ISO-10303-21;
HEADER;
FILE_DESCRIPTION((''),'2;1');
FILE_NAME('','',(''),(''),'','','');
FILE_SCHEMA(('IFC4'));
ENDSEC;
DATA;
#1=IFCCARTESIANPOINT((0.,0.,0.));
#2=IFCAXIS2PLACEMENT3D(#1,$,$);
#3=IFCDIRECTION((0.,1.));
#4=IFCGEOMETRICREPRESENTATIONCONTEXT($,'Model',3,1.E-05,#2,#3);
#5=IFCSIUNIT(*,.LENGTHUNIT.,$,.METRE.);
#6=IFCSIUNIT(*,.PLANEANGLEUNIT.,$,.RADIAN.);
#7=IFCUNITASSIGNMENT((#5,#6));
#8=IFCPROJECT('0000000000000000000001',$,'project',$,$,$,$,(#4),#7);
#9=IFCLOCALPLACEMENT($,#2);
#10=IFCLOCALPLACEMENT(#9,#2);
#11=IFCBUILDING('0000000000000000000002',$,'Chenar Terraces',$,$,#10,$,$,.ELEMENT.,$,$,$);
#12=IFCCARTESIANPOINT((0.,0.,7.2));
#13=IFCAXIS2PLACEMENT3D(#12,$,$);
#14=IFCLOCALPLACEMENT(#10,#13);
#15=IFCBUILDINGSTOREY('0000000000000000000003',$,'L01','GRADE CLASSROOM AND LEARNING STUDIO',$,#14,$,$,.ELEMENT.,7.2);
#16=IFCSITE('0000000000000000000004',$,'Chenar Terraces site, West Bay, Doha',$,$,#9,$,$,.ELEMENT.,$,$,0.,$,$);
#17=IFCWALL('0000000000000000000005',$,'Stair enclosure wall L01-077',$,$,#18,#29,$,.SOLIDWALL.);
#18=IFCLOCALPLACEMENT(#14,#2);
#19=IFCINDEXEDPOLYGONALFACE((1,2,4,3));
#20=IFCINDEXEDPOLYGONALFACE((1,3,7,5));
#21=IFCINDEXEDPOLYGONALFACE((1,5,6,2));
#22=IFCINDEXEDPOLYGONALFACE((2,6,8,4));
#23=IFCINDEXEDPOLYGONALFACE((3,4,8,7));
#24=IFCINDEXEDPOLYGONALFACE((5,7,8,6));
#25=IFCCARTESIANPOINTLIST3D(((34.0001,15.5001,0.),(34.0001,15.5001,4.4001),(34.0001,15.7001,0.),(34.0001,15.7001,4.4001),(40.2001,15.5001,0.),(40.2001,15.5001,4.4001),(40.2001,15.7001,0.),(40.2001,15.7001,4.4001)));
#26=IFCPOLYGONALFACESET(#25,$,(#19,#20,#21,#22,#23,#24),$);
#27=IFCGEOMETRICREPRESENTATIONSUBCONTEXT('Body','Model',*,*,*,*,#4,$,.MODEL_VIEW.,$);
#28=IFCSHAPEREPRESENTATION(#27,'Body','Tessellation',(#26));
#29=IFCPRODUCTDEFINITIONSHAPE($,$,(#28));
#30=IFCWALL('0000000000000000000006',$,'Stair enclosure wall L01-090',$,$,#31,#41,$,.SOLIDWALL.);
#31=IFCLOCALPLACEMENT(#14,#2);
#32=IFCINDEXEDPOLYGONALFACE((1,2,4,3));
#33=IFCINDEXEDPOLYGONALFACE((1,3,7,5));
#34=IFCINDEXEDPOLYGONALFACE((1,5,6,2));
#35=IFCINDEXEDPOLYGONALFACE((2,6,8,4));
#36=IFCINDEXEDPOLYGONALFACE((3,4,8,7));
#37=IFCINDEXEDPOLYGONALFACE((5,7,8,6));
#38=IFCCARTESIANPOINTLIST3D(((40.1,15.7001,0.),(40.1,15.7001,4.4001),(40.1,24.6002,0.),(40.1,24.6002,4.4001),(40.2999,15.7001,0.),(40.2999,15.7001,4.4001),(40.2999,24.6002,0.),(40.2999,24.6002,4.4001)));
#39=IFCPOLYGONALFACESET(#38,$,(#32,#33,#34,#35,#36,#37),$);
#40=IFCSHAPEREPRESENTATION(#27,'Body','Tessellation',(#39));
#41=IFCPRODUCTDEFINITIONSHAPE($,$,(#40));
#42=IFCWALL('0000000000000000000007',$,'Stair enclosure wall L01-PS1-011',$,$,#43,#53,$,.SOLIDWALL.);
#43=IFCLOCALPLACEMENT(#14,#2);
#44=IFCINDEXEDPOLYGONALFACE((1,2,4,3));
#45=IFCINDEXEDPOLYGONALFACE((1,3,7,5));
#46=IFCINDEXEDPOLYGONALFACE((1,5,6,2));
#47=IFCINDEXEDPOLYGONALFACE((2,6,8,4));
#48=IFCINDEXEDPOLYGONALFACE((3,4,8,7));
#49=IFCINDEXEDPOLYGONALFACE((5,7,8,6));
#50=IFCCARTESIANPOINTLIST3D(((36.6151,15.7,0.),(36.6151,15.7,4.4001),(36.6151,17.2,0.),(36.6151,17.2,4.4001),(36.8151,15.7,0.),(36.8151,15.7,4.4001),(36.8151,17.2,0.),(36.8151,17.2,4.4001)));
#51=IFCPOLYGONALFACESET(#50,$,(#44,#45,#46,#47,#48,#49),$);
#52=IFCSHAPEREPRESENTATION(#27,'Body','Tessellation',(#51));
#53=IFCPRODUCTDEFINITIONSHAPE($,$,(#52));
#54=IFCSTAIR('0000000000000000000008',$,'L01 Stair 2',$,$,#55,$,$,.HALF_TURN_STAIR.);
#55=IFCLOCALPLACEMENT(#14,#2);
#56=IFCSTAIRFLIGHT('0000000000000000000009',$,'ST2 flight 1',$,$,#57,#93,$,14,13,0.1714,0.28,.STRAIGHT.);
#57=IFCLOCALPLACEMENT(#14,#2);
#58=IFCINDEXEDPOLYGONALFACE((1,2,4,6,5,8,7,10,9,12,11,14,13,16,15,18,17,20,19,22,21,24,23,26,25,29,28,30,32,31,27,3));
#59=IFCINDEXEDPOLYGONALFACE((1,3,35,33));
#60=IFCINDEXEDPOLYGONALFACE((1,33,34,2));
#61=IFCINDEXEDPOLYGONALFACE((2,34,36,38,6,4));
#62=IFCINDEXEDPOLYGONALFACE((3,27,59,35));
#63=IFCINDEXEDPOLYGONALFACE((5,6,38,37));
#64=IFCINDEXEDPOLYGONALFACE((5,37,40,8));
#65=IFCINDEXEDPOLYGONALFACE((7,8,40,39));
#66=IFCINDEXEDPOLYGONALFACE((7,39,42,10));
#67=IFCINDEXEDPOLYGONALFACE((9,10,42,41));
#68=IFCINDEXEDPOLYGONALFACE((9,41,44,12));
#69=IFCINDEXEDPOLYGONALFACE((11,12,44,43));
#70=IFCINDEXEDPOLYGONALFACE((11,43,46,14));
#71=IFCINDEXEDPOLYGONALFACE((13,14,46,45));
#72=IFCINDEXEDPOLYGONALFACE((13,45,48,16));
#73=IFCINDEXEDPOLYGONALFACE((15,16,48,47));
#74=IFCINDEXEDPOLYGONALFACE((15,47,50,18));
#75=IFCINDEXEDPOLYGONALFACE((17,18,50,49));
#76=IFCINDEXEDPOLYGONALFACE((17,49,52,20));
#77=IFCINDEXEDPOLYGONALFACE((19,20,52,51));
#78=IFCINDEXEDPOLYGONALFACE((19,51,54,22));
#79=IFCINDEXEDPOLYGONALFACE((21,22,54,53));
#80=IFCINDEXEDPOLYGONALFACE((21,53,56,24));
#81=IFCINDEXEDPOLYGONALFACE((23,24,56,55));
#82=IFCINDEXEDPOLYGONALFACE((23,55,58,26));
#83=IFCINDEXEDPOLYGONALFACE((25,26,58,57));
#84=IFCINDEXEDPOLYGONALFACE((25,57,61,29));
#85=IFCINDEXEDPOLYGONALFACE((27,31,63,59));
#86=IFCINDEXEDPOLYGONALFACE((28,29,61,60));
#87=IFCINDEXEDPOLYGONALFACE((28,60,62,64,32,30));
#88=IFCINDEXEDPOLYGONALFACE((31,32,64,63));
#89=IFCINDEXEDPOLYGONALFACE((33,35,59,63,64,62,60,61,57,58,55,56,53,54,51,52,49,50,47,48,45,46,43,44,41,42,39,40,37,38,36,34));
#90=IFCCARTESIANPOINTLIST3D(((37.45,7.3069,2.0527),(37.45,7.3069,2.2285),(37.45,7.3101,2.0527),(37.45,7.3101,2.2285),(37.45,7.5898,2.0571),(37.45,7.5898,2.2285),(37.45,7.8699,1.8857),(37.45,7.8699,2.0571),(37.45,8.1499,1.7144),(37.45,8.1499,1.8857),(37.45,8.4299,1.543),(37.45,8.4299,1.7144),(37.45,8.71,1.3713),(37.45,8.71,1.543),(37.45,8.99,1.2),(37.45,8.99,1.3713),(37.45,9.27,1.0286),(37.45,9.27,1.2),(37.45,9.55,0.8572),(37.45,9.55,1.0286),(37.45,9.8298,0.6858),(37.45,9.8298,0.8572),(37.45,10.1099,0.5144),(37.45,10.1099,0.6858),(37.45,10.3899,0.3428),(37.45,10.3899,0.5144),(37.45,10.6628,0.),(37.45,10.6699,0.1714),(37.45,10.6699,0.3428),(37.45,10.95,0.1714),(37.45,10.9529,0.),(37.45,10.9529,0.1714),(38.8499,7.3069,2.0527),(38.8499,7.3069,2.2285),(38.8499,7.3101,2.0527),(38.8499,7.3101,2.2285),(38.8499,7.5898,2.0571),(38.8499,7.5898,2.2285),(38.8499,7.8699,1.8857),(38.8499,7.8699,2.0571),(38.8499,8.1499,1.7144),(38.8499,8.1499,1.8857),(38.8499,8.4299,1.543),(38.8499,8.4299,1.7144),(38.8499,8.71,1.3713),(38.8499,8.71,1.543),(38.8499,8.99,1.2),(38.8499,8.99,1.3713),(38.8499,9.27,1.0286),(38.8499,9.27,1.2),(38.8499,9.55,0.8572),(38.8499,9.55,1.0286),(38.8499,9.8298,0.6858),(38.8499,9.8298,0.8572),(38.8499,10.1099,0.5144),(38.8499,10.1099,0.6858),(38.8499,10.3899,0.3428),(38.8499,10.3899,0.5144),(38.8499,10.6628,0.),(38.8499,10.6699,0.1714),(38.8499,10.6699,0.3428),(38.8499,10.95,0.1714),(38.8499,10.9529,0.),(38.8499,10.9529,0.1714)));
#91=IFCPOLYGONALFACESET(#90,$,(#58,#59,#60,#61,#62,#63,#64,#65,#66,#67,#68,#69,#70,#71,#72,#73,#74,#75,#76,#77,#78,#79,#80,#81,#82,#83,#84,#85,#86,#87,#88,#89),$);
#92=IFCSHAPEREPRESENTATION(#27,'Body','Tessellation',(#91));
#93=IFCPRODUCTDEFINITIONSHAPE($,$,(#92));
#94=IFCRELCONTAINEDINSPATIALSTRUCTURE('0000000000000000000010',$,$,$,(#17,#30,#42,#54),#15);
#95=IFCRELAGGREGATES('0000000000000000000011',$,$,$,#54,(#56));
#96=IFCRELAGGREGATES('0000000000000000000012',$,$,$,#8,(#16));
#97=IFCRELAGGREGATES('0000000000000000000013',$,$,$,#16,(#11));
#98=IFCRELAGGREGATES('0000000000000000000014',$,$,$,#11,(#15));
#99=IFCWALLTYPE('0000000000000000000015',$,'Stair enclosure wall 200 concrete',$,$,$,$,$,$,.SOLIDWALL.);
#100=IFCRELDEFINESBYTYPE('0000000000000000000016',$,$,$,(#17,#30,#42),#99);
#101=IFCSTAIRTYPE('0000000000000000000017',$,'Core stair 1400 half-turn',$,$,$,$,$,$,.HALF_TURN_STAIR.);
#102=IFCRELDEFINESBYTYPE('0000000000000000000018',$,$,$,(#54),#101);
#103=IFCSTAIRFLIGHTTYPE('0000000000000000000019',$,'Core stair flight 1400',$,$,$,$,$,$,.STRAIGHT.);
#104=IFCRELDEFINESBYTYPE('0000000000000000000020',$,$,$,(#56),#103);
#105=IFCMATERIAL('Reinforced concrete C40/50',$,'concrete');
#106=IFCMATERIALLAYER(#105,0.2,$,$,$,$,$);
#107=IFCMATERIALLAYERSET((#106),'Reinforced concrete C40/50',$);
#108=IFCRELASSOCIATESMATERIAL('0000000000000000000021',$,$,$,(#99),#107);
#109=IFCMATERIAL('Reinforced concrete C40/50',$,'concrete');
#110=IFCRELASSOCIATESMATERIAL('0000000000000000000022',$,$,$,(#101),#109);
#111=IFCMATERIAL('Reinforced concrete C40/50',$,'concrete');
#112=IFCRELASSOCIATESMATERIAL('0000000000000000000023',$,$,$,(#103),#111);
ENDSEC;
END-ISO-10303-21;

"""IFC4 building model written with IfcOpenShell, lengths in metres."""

from ifc_helpers import new_model, si_unit, direction, frame, frame_2d, origin, place, context, subcontext, project, spatial, polyline, rectangle, outline, extrude, material, layer, layer_set, type_object, element, aggregate, save


model = new_model("IFC4")

# Units and contexts
model_context = context("Model", 3, precision=1e-05, world=origin(), true_north=direction((0.0, 1.0)))
body_context = subcontext(model_context, "Body", "Model", "MODEL_VIEW")
ifc_project = project(units=[si_unit("LENGTHUNIT", "METRE"), si_unit("PLANEANGLEUNIT", "RADIAN")], contexts=[model_context])

# Site, building, storey
site_placement = place(None, origin())
site = spatial("IfcSite", under=ifc_project, at=site_placement, Name="Chenar Terraces site, West Bay, Doha", CompositionType="ELEMENT", RefElevation=0.0)
building_placement = place(site_placement, origin())
building = spatial("IfcBuilding", under=site, at=building_placement, Name="Chenar Terraces", CompositionType="ELEMENT")
storey_placement = place(building_placement, frame((0.0, 0.0, 7.2)))
storey = spatial("IfcBuildingStorey", under=building, at=storey_placement, Name="L01", Description="GRADE CLASSROOM AND LEARNING STUDIO", CompositionType="ELEMENT", Elevation=7.2)

# Walls
ifc_material_1 = material(Name="Reinforced concrete C40/50", Category="concrete")
ifc_layer_1 = layer(ifc_material_1, 0.2)
ifc_layer_set_1 = layer_set([ifc_layer_1], Name="Reinforced concrete C40/50")
wall_type_1 = type_object("IfcWallType", Name="Stair enclosure wall 200 concrete", PredefinedType="SOLIDWALL", material=ifc_layer_set_1)
wall_1_placement = place(storey_placement, frame((34.0, 15.6001, 0.0), z_axis=(0.0, 0.0, 1.0), x_axis=(1.0, 0.0, 0.0)))
element("IfcWall", 1, at=wall_1_placement, inside=storey, type_object=wall_type_1, Name="Stair enclosure wall L01-077", PredefinedType="SOLIDWALL", context=body_context, shape_type="SweptSolid", body=[
    extrude(rectangle(XDim=6.2, YDim=0.2, at=frame_2d((3.1001, 0.0))), origin(), (0.0, 0.0, 1.0), 4.4001),
])
wall_2_placement = place(storey_placement, frame((40.2, 15.7, 0.0), z_axis=(0.0, 0.0, 1.0), x_axis=(0.0, 1.0, 0.0)))
element("IfcWall", 2, at=wall_2_placement, inside=storey, type_object=wall_type_1, Name="Stair enclosure wall L01-090", PredefinedType="SOLIDWALL", context=body_context, shape_type="SweptSolid", body=[
    extrude(rectangle(XDim=8.9001, YDim=0.2, at=frame_2d((4.4502, 0.0))), origin(), (0.0, 0.0, 1.0), 4.4001),
])
wall_3_placement = place(storey_placement, frame((36.7151, 15.7, 0.0), z_axis=(0.0, 0.0, 1.0), x_axis=(0.0, 1.0, 0.0)))
element("IfcWall", 3, at=wall_3_placement, inside=storey, type_object=wall_type_1, Name="Stair enclosure wall L01-PS1-011", PredefinedType="SOLIDWALL", context=body_context, shape_type="SweptSolid", body=[
    extrude(rectangle(XDim=1.5, YDim=0.2, at=frame_2d((0.75, 0.0))), origin(), (0.0, 0.0, 1.0), 4.4001),
])

# Stair, stair flight
ifc_material_2 = material(Name="Reinforced concrete C40/50", Category="concrete")
stair_type = type_object("IfcStairType", Name="Core stair 1400 half-turn", PredefinedType="HALF_TURN_STAIR", material=ifc_material_2)
stair_placement = place(storey_placement, origin())
stair = element("IfcStair", 4, at=stair_placement, inside=storey, type_object=stair_type, Name="L01 Stair 2", PredefinedType="HALF_TURN_STAIR")
ifc_material_3 = material(Name="Reinforced concrete C40/50", Category="concrete")
stair_flight_type = type_object("IfcStairFlightType", Name="Core stair flight 1400", PredefinedType="STRAIGHT", material=ifc_material_3)
stair_flight_placement = place(storey_placement, frame((38.1499, 10.95, 0.0), z_axis=(0.0, 0.0, 1.0), x_axis=(0.0, -1.0, 0.0)))
stair_flight = element("IfcStairFlight", 5, at=stair_flight_placement, type_object=stair_flight_type, Name="ST2 flight 1", NumberOfRisers=14, NumberOfTreads=13, PredefinedType="STRAIGHT", RiserHeight=0.1714, TreadLength=0.28, context=body_context, shape_type="SweptSolid", body=[
    extrude(outline(polyline([(-0.0029, 0.0), (-0.0029, 0.1714), (0.0, 0.1714), (0.28, 0.1714), (0.28, 0.3428), (0.5601, 0.3428), (0.5601, 0.5144), (0.8401, 0.5144), (0.8401, 0.6858), (1.1201, 0.6858), (1.1201, 0.8572), (1.3999, 0.8572), (1.3999, 1.0286), (1.6799, 1.0286), (1.6799, 1.2), (1.96, 1.2), (1.96, 1.3713), (2.24, 1.3713), (2.24, 1.543), (2.52, 1.543), (2.52, 1.7144), (2.8, 1.7144), (2.8, 1.8857), (3.0801, 1.8857), (3.0801, 2.0571), (3.3601, 2.0571), (3.3601, 2.2285), (3.6399, 2.2285), (3.6431, 2.2285), (3.6431, 2.0527), (3.6399, 2.0527), (0.2871, 0.0), (-0.0029, 0.0)])), frame((0.0, 0.7, 0.0), z_axis=(0.0, -1.0, 0.0), x_axis=(1.0, 0.0, 0.0)), (0.0, 0.0, 1.0), 1.3999),
])
aggregate(stair, [stair_flight])

save(model, "model.ifc")
